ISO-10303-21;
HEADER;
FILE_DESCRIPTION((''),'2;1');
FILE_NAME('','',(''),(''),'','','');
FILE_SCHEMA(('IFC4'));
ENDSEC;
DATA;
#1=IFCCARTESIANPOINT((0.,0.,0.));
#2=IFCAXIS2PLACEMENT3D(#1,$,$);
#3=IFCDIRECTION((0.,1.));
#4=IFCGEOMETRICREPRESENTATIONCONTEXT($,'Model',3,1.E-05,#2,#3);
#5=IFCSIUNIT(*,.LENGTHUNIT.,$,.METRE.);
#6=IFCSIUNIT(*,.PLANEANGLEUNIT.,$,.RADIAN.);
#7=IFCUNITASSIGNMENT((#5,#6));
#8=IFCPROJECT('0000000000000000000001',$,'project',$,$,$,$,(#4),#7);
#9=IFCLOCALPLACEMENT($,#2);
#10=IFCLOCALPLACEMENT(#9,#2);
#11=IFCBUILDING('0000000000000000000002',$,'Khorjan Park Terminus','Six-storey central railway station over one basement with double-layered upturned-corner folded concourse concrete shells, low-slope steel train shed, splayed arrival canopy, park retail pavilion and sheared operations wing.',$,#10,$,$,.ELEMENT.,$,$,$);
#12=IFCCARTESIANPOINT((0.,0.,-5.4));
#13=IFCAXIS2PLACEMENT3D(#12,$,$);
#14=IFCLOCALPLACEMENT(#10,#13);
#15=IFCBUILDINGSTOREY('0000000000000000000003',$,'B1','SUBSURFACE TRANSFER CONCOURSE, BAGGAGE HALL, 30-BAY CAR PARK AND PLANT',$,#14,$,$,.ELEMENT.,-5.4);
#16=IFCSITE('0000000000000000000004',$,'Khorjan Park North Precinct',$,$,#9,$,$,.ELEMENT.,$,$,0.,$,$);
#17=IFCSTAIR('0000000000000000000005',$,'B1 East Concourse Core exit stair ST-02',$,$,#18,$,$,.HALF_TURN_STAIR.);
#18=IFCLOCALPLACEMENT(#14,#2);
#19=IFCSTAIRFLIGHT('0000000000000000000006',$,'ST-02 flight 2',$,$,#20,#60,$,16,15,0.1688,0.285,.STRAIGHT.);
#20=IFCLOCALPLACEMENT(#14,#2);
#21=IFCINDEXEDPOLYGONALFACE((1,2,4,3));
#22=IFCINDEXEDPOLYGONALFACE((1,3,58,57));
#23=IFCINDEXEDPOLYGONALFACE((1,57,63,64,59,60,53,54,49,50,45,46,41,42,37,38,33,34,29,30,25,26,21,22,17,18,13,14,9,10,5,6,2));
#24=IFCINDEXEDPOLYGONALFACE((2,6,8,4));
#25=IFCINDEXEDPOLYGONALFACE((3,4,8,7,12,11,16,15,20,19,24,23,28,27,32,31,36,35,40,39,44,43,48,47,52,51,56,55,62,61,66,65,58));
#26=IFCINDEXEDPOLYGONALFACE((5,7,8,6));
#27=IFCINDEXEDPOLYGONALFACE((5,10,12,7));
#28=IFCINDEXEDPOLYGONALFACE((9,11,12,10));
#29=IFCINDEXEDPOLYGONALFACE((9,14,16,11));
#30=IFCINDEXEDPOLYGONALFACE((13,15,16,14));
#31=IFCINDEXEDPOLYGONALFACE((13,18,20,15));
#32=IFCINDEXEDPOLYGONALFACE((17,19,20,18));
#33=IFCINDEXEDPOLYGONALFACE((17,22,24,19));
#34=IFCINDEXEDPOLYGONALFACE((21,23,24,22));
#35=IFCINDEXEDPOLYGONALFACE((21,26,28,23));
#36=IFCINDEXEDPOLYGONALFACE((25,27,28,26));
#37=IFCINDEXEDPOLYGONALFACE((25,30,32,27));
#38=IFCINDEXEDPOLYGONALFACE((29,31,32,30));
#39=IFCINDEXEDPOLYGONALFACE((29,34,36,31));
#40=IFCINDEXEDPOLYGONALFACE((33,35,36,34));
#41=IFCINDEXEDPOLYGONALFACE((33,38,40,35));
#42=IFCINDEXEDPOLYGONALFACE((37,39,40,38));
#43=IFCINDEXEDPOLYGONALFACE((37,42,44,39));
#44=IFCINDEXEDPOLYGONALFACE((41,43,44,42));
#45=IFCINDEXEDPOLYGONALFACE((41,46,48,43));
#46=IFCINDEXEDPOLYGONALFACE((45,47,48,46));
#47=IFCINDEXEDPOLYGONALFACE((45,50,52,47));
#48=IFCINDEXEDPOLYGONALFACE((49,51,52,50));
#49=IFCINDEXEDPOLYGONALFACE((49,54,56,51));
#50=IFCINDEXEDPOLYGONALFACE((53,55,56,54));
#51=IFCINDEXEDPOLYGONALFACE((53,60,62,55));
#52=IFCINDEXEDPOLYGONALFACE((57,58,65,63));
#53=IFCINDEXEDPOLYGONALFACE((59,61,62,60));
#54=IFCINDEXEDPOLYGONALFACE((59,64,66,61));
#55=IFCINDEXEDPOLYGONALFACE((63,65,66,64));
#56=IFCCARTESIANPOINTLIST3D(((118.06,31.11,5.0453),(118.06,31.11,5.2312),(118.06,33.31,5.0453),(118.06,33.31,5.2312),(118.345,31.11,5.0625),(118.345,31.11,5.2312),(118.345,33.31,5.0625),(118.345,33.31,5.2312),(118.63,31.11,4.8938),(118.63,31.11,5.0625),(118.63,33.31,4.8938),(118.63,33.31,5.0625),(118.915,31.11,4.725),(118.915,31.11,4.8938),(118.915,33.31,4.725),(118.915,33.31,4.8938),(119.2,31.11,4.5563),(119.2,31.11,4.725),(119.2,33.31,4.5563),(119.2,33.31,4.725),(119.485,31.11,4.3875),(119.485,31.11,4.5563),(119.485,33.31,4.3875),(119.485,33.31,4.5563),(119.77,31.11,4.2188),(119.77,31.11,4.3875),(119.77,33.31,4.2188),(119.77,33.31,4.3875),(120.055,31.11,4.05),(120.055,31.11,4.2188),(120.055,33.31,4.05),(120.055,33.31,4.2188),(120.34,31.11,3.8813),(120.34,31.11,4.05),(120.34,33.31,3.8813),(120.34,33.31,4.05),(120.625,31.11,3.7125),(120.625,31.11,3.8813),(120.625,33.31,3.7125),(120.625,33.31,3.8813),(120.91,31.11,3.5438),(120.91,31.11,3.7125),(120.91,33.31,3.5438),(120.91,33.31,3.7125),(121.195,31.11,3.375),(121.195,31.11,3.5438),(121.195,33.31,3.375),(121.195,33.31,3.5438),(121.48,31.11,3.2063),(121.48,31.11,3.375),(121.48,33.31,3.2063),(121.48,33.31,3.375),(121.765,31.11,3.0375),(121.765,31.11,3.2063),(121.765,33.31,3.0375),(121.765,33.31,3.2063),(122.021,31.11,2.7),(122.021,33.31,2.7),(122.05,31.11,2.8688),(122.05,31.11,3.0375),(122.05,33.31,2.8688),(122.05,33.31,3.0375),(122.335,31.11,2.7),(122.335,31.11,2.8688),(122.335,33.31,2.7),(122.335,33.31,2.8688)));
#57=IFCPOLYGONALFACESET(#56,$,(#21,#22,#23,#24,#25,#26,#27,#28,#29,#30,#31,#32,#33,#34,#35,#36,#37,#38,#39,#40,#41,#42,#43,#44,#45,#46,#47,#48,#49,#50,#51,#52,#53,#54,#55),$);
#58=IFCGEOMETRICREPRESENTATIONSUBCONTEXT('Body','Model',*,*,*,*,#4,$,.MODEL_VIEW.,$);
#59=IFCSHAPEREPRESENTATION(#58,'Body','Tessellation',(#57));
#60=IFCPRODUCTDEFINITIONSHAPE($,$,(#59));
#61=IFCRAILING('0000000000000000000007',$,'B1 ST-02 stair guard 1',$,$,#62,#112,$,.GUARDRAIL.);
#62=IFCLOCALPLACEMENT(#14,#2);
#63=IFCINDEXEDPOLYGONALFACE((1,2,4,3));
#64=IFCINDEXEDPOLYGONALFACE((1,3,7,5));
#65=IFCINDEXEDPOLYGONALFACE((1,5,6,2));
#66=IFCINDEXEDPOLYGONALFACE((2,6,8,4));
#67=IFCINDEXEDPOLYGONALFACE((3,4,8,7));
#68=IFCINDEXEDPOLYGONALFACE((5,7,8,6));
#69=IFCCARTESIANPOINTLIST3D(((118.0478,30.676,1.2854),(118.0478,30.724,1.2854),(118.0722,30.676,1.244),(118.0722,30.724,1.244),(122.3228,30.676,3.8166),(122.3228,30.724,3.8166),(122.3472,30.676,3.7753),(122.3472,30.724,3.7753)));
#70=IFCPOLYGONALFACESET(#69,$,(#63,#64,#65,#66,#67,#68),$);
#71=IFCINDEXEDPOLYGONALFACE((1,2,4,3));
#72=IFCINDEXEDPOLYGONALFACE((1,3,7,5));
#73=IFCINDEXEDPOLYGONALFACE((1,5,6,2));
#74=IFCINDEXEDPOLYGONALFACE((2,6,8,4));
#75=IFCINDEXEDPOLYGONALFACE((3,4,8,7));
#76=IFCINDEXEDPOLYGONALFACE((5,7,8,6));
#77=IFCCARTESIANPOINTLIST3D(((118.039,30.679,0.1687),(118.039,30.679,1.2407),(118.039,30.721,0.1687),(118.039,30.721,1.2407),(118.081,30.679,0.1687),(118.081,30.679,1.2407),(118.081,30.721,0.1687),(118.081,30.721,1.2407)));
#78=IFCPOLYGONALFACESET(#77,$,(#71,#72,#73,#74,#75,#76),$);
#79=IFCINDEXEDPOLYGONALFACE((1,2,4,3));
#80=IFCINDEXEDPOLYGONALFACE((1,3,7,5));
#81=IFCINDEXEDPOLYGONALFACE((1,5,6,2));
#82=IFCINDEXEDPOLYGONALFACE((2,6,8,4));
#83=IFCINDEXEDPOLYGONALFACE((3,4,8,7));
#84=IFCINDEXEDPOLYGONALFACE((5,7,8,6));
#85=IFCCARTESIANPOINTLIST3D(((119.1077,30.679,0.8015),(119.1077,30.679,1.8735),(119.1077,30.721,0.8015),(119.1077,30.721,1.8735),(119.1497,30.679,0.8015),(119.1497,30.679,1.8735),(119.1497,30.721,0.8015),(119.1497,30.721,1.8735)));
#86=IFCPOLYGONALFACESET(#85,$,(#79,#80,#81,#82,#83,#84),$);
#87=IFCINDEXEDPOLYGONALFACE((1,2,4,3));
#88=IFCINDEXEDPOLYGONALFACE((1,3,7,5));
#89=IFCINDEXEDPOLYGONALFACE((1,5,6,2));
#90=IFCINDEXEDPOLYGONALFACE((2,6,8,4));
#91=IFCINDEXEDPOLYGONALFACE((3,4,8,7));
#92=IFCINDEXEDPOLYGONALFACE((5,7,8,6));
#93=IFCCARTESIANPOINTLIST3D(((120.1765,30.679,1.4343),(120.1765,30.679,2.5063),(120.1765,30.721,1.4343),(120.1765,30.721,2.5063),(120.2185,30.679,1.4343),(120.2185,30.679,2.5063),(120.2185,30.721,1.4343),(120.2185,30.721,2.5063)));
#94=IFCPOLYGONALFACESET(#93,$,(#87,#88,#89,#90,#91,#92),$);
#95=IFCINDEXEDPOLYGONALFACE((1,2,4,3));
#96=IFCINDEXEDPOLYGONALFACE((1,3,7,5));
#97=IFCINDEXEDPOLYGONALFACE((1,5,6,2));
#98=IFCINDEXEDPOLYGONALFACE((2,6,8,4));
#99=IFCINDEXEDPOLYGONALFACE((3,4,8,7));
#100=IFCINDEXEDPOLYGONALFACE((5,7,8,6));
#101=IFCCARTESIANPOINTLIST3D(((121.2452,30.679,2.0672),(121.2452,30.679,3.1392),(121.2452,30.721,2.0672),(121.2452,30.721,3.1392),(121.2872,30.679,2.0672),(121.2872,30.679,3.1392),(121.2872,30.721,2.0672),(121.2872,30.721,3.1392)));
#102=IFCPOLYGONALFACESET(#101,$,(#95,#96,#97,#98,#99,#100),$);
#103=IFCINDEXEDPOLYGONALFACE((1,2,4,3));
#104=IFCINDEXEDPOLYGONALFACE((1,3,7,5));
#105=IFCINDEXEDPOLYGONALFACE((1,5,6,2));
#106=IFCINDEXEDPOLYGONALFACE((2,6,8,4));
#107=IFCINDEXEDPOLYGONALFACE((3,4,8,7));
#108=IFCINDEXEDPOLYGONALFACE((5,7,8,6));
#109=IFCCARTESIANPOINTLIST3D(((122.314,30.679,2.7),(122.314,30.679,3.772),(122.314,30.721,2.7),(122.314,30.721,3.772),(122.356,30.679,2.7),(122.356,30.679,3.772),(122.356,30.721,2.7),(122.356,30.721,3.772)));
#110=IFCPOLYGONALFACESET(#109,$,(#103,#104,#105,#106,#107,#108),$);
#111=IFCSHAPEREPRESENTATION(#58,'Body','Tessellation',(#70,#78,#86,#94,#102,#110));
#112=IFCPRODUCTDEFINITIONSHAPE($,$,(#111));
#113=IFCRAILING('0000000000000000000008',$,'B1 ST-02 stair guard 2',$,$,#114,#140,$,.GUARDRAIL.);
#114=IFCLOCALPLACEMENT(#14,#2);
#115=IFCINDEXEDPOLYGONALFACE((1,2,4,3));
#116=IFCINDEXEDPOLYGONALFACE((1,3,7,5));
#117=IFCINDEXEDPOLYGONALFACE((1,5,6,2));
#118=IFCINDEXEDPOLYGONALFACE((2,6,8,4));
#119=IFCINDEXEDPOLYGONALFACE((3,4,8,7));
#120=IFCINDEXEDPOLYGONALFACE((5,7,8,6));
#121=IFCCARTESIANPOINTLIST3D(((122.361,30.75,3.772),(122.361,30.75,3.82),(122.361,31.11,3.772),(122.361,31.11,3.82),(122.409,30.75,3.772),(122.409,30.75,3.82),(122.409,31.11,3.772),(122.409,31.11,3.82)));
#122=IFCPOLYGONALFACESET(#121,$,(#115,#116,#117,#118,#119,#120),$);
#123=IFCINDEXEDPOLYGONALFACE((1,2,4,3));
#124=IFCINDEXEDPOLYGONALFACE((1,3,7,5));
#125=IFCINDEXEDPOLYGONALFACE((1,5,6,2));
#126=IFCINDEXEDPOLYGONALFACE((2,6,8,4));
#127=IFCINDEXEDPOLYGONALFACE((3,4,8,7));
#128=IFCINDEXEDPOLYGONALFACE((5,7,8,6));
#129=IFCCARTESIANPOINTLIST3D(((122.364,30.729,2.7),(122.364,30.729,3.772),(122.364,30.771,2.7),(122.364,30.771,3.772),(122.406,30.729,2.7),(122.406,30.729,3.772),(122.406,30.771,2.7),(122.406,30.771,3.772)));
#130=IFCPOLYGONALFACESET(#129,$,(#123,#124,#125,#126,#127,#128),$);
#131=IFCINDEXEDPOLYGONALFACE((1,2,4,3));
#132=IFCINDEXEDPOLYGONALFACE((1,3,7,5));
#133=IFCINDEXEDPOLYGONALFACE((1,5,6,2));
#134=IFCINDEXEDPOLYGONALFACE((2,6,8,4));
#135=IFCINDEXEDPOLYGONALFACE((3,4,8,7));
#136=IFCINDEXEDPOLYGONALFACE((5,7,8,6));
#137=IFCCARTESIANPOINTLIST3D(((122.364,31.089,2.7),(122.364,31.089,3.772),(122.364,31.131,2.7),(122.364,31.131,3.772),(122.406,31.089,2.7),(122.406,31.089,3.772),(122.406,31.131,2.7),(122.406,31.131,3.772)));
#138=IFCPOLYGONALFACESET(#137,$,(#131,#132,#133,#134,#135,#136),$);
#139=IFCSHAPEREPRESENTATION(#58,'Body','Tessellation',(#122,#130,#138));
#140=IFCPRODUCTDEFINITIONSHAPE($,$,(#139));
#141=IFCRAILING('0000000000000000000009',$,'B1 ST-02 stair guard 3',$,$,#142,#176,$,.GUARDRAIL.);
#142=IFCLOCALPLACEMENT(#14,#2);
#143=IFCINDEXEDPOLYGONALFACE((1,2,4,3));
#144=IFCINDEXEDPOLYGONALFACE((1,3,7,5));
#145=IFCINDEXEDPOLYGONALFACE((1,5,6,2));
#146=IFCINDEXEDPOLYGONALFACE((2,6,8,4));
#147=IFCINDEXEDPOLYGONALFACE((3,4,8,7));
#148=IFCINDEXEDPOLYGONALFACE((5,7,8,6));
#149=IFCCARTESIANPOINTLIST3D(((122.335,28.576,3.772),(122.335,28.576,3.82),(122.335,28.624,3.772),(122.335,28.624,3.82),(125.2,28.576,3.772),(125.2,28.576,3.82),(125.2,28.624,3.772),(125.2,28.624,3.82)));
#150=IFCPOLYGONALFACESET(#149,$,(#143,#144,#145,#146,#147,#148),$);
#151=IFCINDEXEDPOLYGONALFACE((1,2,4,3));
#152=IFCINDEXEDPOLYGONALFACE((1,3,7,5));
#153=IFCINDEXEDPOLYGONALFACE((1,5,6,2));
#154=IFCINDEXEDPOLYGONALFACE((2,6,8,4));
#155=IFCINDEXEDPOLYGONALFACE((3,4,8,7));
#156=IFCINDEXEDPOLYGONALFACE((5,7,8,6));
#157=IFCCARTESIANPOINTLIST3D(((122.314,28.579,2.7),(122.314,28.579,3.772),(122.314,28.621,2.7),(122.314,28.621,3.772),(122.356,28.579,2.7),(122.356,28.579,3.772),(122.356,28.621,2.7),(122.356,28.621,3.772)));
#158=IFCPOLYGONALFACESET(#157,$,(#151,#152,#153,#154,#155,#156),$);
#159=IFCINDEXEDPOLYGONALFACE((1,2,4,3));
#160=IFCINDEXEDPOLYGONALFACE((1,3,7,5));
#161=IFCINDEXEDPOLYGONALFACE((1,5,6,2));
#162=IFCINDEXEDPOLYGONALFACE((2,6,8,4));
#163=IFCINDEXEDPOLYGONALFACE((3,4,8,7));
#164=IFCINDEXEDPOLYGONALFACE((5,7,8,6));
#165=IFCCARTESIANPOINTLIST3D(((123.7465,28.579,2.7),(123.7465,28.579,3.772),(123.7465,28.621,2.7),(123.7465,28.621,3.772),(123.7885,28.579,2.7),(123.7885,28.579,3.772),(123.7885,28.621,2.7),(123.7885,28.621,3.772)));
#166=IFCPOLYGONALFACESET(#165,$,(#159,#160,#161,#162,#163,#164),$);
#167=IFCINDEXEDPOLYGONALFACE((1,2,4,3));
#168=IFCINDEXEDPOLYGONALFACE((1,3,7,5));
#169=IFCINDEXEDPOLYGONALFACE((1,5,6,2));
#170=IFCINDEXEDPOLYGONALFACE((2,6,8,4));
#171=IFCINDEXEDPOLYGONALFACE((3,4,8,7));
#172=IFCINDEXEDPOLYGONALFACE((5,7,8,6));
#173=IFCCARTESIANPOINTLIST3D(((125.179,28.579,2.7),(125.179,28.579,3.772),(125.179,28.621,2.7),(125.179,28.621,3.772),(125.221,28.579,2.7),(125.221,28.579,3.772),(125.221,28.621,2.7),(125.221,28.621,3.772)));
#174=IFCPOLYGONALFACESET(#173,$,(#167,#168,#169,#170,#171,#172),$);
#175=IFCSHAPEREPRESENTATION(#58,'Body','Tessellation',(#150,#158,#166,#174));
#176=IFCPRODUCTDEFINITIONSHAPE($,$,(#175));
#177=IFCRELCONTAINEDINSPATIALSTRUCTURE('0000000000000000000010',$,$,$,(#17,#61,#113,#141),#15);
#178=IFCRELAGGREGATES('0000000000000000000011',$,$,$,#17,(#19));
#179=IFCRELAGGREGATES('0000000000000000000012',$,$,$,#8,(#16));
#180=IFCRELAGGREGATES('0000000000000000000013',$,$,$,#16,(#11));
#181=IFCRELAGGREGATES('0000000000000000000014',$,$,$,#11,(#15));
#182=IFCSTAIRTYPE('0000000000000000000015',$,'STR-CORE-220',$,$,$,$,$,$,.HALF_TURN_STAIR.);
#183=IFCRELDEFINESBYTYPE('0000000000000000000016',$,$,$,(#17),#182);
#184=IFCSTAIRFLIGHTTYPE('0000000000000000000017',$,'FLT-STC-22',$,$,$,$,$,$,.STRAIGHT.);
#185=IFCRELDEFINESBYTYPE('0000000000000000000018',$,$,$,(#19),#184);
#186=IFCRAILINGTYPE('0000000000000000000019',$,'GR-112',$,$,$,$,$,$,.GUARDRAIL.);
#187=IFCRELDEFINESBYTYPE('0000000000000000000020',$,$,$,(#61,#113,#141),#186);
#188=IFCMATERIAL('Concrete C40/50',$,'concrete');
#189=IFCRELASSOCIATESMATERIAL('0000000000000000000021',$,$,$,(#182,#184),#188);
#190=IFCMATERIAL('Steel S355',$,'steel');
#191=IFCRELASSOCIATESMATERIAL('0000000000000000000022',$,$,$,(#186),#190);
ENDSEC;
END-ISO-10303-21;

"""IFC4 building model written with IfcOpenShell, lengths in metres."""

from ifc_helpers import new_model, si_unit, direction, frame, origin, origin_2d, place, context, subcontext, project, spatial, polyline, rectangle, outline, extrude, material, type_object, element, aggregate, save


model = new_model("IFC4")

# Units and contexts
model_context = context("Model", 3, precision=1e-05, world=origin(), true_north=direction((0.0, 1.0)))
body_context = subcontext(model_context, "Body", "Model", "MODEL_VIEW")
ifc_project = project(units=[si_unit("LENGTHUNIT", "METRE"), si_unit("PLANEANGLEUNIT", "RADIAN")], contexts=[model_context])

# Site, building, storey
site_placement = place(None, origin())
site = spatial("IfcSite", under=ifc_project, at=site_placement, Name="Khorjan Park North Precinct", CompositionType="ELEMENT", RefElevation=0.0)
building_placement = place(site_placement, origin())
building = spatial("IfcBuilding", under=site, at=building_placement, Name="Khorjan Park Terminus", Description="Six-storey central railway station over one basement with double-layered upturned-corner folded concourse concrete shells, low-slope steel train shed, splayed arrival canopy, park retail pavilion and sheared operations wing.", CompositionType="ELEMENT")
storey_placement = place(building_placement, frame((0.0, 0.0, -5.4)))
storey = spatial("IfcBuildingStorey", under=building, at=storey_placement, Name="B1", Description="SUBSURFACE TRANSFER CONCOURSE, BAGGAGE HALL, 30-BAY CAR PARK AND PLANT", CompositionType="ELEMENT", Elevation=-5.4)

# Shared definitions
ifc_material_1 = material(Name="Concrete C40/50", Category="concrete")

# Stair, stair flight
stair_type = type_object("IfcStairType", Name="STR-CORE-220", PredefinedType="HALF_TURN_STAIR", material=ifc_material_1)
stair_placement = place(storey_placement, origin())
stair = element("IfcStair", 1, at=stair_placement, inside=storey, type_object=stair_type, Name="B1 East Concourse Core exit stair ST-02", PredefinedType="HALF_TURN_STAIR")
stair_flight_type = type_object("IfcStairFlightType", Name="FLT-STC-22", PredefinedType="STRAIGHT", material=ifc_material_1)
stair_flight_1_placement = place(storey_placement, frame((122.335, 32.21, 2.7), z_axis=(0.0, 0.0, 1.0), x_axis=(-1.0, 0.0, 0.0)))
stair_flight_1 = element("IfcStairFlight", 2, at=stair_flight_1_placement, type_object=stair_flight_type, Name="ST-02 flight 2", NumberOfRisers=16, NumberOfTreads=15, PredefinedType="STRAIGHT", RiserHeight=0.1688, TreadLength=0.285, context=body_context, shape_type="SweptSolid", body=[
    extrude(outline(polyline([(0.0, 0.0), (0.0, 0.1688), (0.285, 0.1688), (0.285, 0.3375), (0.57, 0.3375), (0.57, 0.5063), (0.855, 0.5063), (0.855, 0.675), (1.14, 0.675), (1.14, 0.8438), (1.425, 0.8438), (1.425, 1.0125), (1.71, 1.0125), (1.71, 1.1813), (1.995, 1.1813), (1.995, 1.35), (2.28, 1.35), (2.28, 1.5188), (2.565, 1.5188), (2.565, 1.6875), (2.85, 1.6875), (2.85, 1.8563), (3.135, 1.8563), (3.135, 2.025), (3.42, 2.025), (3.42, 2.1938), (3.705, 2.1938), (3.705, 2.3625), (3.99, 2.3625), (3.99, 2.5312), (4.275, 2.5312), (4.275, 2.7), (4.275, 2.3453), (0.314, 0.0), (0.0, 0.0)])), frame((0.0, 1.1, 0.0), z_axis=(0.0, -1.0, 0.0), x_axis=(1.0, 0.0, 0.0)), (0.0, 0.0, 1.0), 2.2),
])
aggregate(stair, [stair_flight_1])

# Railings
ifc_material_2 = material(Name="Steel S355", Category="steel")
railing_type_1 = type_object("IfcRailingType", Name="GR-112", PredefinedType="GUARDRAIL", material=ifc_material_2)
railing_1_placement = place(storey_placement, frame((118.06, 30.7, 0.1687)))
element("IfcRailing", 3, at=railing_1_placement, inside=storey, type_object=railing_type_1, Name="B1 ST-02 stair guard 1", PredefinedType="GUARDRAIL", context=body_context, shape_type="SweptSolid", body=[
    extrude(rectangle(XDim=0.048, YDim=0.048, at=origin_2d()), frame((0.0, 0.0, 1.096), z_axis=(0.860471, 0.0, 0.509499), x_axis=(0.0, 1.0, 0.0)), (0.0, 0.0, 1.0), 4.9682),
    extrude(rectangle(XDim=0.042, YDim=0.042, at=origin_2d()), origin(), (0.0, 0.0, 1.0), 1.072),
    extrude(rectangle(XDim=0.042, YDim=0.042, at=origin_2d()), frame((1.0687, 0.0, 0.6328)), (0.0, 0.0, 1.0), 1.072),
    extrude(rectangle(XDim=0.042, YDim=0.042, at=origin_2d()), frame((2.1375, 0.0, 1.2656)), (0.0, 0.0, 1.0), 1.072),
    extrude(rectangle(XDim=0.042, YDim=0.042, at=origin_2d()), frame((3.2062, 0.0, 1.8985)), (0.0, 0.0, 1.0), 1.072),
    extrude(rectangle(XDim=0.042, YDim=0.042, at=origin_2d()), frame((4.275, 0.0, 2.5313)), (0.0, 0.0, 1.0), 1.072),
])
railing_2_placement = place(storey_placement, frame((122.385, 30.75, 2.7)))
element("IfcRailing", 4, at=railing_2_placement, inside=storey, type_object=railing_type_1, Name="B1 ST-02 stair guard 2", PredefinedType="GUARDRAIL", context=body_context, shape_type="SweptSolid", body=[
    extrude(rectangle(XDim=0.048, YDim=0.048, at=origin_2d()), frame((0.0, 0.0, 1.096), z_axis=(0.0, 1.0, 0.0), x_axis=(-1.0, 0.0, 0.0)), (0.0, 0.0, 1.0), 0.36),
    extrude(rectangle(XDim=0.042, YDim=0.042, at=origin_2d()), origin(), (0.0, 0.0, 1.0), 1.072),
    extrude(rectangle(XDim=0.042, YDim=0.042, at=origin_2d()), frame((0.0, 0.36, 0.0)), (0.0, 0.0, 1.0), 1.072),
])
railing_3_placement = place(storey_placement, frame((122.335, 28.6, 2.7)))
element("IfcRailing", 5, at=railing_3_placement, inside=storey, type_object=railing_type_1, Name="B1 ST-02 stair guard 3", PredefinedType="GUARDRAIL", context=body_context, shape_type="SweptSolid", body=[
    extrude(rectangle(XDim=0.048, YDim=0.048, at=origin_2d()), frame((0.0, 0.0, 1.096), z_axis=(1.0, 0.0, 0.0), x_axis=(0.0, 1.0, 0.0)), (0.0, 0.0, 1.0), 2.865),
    extrude(rectangle(XDim=0.042, YDim=0.042, at=origin_2d()), origin(), (0.0, 0.0, 1.0), 1.072),
    extrude(rectangle(XDim=0.042, YDim=0.042, at=origin_2d()), frame((1.4325, 0.0, 0.0)), (0.0, 0.0, 1.0), 1.072),
    extrude(rectangle(XDim=0.042, YDim=0.042, at=origin_2d()), frame((2.865, 0.0, 0.0)), (0.0, 0.0, 1.0), 1.072),
])

save(model, "model.ifc")
